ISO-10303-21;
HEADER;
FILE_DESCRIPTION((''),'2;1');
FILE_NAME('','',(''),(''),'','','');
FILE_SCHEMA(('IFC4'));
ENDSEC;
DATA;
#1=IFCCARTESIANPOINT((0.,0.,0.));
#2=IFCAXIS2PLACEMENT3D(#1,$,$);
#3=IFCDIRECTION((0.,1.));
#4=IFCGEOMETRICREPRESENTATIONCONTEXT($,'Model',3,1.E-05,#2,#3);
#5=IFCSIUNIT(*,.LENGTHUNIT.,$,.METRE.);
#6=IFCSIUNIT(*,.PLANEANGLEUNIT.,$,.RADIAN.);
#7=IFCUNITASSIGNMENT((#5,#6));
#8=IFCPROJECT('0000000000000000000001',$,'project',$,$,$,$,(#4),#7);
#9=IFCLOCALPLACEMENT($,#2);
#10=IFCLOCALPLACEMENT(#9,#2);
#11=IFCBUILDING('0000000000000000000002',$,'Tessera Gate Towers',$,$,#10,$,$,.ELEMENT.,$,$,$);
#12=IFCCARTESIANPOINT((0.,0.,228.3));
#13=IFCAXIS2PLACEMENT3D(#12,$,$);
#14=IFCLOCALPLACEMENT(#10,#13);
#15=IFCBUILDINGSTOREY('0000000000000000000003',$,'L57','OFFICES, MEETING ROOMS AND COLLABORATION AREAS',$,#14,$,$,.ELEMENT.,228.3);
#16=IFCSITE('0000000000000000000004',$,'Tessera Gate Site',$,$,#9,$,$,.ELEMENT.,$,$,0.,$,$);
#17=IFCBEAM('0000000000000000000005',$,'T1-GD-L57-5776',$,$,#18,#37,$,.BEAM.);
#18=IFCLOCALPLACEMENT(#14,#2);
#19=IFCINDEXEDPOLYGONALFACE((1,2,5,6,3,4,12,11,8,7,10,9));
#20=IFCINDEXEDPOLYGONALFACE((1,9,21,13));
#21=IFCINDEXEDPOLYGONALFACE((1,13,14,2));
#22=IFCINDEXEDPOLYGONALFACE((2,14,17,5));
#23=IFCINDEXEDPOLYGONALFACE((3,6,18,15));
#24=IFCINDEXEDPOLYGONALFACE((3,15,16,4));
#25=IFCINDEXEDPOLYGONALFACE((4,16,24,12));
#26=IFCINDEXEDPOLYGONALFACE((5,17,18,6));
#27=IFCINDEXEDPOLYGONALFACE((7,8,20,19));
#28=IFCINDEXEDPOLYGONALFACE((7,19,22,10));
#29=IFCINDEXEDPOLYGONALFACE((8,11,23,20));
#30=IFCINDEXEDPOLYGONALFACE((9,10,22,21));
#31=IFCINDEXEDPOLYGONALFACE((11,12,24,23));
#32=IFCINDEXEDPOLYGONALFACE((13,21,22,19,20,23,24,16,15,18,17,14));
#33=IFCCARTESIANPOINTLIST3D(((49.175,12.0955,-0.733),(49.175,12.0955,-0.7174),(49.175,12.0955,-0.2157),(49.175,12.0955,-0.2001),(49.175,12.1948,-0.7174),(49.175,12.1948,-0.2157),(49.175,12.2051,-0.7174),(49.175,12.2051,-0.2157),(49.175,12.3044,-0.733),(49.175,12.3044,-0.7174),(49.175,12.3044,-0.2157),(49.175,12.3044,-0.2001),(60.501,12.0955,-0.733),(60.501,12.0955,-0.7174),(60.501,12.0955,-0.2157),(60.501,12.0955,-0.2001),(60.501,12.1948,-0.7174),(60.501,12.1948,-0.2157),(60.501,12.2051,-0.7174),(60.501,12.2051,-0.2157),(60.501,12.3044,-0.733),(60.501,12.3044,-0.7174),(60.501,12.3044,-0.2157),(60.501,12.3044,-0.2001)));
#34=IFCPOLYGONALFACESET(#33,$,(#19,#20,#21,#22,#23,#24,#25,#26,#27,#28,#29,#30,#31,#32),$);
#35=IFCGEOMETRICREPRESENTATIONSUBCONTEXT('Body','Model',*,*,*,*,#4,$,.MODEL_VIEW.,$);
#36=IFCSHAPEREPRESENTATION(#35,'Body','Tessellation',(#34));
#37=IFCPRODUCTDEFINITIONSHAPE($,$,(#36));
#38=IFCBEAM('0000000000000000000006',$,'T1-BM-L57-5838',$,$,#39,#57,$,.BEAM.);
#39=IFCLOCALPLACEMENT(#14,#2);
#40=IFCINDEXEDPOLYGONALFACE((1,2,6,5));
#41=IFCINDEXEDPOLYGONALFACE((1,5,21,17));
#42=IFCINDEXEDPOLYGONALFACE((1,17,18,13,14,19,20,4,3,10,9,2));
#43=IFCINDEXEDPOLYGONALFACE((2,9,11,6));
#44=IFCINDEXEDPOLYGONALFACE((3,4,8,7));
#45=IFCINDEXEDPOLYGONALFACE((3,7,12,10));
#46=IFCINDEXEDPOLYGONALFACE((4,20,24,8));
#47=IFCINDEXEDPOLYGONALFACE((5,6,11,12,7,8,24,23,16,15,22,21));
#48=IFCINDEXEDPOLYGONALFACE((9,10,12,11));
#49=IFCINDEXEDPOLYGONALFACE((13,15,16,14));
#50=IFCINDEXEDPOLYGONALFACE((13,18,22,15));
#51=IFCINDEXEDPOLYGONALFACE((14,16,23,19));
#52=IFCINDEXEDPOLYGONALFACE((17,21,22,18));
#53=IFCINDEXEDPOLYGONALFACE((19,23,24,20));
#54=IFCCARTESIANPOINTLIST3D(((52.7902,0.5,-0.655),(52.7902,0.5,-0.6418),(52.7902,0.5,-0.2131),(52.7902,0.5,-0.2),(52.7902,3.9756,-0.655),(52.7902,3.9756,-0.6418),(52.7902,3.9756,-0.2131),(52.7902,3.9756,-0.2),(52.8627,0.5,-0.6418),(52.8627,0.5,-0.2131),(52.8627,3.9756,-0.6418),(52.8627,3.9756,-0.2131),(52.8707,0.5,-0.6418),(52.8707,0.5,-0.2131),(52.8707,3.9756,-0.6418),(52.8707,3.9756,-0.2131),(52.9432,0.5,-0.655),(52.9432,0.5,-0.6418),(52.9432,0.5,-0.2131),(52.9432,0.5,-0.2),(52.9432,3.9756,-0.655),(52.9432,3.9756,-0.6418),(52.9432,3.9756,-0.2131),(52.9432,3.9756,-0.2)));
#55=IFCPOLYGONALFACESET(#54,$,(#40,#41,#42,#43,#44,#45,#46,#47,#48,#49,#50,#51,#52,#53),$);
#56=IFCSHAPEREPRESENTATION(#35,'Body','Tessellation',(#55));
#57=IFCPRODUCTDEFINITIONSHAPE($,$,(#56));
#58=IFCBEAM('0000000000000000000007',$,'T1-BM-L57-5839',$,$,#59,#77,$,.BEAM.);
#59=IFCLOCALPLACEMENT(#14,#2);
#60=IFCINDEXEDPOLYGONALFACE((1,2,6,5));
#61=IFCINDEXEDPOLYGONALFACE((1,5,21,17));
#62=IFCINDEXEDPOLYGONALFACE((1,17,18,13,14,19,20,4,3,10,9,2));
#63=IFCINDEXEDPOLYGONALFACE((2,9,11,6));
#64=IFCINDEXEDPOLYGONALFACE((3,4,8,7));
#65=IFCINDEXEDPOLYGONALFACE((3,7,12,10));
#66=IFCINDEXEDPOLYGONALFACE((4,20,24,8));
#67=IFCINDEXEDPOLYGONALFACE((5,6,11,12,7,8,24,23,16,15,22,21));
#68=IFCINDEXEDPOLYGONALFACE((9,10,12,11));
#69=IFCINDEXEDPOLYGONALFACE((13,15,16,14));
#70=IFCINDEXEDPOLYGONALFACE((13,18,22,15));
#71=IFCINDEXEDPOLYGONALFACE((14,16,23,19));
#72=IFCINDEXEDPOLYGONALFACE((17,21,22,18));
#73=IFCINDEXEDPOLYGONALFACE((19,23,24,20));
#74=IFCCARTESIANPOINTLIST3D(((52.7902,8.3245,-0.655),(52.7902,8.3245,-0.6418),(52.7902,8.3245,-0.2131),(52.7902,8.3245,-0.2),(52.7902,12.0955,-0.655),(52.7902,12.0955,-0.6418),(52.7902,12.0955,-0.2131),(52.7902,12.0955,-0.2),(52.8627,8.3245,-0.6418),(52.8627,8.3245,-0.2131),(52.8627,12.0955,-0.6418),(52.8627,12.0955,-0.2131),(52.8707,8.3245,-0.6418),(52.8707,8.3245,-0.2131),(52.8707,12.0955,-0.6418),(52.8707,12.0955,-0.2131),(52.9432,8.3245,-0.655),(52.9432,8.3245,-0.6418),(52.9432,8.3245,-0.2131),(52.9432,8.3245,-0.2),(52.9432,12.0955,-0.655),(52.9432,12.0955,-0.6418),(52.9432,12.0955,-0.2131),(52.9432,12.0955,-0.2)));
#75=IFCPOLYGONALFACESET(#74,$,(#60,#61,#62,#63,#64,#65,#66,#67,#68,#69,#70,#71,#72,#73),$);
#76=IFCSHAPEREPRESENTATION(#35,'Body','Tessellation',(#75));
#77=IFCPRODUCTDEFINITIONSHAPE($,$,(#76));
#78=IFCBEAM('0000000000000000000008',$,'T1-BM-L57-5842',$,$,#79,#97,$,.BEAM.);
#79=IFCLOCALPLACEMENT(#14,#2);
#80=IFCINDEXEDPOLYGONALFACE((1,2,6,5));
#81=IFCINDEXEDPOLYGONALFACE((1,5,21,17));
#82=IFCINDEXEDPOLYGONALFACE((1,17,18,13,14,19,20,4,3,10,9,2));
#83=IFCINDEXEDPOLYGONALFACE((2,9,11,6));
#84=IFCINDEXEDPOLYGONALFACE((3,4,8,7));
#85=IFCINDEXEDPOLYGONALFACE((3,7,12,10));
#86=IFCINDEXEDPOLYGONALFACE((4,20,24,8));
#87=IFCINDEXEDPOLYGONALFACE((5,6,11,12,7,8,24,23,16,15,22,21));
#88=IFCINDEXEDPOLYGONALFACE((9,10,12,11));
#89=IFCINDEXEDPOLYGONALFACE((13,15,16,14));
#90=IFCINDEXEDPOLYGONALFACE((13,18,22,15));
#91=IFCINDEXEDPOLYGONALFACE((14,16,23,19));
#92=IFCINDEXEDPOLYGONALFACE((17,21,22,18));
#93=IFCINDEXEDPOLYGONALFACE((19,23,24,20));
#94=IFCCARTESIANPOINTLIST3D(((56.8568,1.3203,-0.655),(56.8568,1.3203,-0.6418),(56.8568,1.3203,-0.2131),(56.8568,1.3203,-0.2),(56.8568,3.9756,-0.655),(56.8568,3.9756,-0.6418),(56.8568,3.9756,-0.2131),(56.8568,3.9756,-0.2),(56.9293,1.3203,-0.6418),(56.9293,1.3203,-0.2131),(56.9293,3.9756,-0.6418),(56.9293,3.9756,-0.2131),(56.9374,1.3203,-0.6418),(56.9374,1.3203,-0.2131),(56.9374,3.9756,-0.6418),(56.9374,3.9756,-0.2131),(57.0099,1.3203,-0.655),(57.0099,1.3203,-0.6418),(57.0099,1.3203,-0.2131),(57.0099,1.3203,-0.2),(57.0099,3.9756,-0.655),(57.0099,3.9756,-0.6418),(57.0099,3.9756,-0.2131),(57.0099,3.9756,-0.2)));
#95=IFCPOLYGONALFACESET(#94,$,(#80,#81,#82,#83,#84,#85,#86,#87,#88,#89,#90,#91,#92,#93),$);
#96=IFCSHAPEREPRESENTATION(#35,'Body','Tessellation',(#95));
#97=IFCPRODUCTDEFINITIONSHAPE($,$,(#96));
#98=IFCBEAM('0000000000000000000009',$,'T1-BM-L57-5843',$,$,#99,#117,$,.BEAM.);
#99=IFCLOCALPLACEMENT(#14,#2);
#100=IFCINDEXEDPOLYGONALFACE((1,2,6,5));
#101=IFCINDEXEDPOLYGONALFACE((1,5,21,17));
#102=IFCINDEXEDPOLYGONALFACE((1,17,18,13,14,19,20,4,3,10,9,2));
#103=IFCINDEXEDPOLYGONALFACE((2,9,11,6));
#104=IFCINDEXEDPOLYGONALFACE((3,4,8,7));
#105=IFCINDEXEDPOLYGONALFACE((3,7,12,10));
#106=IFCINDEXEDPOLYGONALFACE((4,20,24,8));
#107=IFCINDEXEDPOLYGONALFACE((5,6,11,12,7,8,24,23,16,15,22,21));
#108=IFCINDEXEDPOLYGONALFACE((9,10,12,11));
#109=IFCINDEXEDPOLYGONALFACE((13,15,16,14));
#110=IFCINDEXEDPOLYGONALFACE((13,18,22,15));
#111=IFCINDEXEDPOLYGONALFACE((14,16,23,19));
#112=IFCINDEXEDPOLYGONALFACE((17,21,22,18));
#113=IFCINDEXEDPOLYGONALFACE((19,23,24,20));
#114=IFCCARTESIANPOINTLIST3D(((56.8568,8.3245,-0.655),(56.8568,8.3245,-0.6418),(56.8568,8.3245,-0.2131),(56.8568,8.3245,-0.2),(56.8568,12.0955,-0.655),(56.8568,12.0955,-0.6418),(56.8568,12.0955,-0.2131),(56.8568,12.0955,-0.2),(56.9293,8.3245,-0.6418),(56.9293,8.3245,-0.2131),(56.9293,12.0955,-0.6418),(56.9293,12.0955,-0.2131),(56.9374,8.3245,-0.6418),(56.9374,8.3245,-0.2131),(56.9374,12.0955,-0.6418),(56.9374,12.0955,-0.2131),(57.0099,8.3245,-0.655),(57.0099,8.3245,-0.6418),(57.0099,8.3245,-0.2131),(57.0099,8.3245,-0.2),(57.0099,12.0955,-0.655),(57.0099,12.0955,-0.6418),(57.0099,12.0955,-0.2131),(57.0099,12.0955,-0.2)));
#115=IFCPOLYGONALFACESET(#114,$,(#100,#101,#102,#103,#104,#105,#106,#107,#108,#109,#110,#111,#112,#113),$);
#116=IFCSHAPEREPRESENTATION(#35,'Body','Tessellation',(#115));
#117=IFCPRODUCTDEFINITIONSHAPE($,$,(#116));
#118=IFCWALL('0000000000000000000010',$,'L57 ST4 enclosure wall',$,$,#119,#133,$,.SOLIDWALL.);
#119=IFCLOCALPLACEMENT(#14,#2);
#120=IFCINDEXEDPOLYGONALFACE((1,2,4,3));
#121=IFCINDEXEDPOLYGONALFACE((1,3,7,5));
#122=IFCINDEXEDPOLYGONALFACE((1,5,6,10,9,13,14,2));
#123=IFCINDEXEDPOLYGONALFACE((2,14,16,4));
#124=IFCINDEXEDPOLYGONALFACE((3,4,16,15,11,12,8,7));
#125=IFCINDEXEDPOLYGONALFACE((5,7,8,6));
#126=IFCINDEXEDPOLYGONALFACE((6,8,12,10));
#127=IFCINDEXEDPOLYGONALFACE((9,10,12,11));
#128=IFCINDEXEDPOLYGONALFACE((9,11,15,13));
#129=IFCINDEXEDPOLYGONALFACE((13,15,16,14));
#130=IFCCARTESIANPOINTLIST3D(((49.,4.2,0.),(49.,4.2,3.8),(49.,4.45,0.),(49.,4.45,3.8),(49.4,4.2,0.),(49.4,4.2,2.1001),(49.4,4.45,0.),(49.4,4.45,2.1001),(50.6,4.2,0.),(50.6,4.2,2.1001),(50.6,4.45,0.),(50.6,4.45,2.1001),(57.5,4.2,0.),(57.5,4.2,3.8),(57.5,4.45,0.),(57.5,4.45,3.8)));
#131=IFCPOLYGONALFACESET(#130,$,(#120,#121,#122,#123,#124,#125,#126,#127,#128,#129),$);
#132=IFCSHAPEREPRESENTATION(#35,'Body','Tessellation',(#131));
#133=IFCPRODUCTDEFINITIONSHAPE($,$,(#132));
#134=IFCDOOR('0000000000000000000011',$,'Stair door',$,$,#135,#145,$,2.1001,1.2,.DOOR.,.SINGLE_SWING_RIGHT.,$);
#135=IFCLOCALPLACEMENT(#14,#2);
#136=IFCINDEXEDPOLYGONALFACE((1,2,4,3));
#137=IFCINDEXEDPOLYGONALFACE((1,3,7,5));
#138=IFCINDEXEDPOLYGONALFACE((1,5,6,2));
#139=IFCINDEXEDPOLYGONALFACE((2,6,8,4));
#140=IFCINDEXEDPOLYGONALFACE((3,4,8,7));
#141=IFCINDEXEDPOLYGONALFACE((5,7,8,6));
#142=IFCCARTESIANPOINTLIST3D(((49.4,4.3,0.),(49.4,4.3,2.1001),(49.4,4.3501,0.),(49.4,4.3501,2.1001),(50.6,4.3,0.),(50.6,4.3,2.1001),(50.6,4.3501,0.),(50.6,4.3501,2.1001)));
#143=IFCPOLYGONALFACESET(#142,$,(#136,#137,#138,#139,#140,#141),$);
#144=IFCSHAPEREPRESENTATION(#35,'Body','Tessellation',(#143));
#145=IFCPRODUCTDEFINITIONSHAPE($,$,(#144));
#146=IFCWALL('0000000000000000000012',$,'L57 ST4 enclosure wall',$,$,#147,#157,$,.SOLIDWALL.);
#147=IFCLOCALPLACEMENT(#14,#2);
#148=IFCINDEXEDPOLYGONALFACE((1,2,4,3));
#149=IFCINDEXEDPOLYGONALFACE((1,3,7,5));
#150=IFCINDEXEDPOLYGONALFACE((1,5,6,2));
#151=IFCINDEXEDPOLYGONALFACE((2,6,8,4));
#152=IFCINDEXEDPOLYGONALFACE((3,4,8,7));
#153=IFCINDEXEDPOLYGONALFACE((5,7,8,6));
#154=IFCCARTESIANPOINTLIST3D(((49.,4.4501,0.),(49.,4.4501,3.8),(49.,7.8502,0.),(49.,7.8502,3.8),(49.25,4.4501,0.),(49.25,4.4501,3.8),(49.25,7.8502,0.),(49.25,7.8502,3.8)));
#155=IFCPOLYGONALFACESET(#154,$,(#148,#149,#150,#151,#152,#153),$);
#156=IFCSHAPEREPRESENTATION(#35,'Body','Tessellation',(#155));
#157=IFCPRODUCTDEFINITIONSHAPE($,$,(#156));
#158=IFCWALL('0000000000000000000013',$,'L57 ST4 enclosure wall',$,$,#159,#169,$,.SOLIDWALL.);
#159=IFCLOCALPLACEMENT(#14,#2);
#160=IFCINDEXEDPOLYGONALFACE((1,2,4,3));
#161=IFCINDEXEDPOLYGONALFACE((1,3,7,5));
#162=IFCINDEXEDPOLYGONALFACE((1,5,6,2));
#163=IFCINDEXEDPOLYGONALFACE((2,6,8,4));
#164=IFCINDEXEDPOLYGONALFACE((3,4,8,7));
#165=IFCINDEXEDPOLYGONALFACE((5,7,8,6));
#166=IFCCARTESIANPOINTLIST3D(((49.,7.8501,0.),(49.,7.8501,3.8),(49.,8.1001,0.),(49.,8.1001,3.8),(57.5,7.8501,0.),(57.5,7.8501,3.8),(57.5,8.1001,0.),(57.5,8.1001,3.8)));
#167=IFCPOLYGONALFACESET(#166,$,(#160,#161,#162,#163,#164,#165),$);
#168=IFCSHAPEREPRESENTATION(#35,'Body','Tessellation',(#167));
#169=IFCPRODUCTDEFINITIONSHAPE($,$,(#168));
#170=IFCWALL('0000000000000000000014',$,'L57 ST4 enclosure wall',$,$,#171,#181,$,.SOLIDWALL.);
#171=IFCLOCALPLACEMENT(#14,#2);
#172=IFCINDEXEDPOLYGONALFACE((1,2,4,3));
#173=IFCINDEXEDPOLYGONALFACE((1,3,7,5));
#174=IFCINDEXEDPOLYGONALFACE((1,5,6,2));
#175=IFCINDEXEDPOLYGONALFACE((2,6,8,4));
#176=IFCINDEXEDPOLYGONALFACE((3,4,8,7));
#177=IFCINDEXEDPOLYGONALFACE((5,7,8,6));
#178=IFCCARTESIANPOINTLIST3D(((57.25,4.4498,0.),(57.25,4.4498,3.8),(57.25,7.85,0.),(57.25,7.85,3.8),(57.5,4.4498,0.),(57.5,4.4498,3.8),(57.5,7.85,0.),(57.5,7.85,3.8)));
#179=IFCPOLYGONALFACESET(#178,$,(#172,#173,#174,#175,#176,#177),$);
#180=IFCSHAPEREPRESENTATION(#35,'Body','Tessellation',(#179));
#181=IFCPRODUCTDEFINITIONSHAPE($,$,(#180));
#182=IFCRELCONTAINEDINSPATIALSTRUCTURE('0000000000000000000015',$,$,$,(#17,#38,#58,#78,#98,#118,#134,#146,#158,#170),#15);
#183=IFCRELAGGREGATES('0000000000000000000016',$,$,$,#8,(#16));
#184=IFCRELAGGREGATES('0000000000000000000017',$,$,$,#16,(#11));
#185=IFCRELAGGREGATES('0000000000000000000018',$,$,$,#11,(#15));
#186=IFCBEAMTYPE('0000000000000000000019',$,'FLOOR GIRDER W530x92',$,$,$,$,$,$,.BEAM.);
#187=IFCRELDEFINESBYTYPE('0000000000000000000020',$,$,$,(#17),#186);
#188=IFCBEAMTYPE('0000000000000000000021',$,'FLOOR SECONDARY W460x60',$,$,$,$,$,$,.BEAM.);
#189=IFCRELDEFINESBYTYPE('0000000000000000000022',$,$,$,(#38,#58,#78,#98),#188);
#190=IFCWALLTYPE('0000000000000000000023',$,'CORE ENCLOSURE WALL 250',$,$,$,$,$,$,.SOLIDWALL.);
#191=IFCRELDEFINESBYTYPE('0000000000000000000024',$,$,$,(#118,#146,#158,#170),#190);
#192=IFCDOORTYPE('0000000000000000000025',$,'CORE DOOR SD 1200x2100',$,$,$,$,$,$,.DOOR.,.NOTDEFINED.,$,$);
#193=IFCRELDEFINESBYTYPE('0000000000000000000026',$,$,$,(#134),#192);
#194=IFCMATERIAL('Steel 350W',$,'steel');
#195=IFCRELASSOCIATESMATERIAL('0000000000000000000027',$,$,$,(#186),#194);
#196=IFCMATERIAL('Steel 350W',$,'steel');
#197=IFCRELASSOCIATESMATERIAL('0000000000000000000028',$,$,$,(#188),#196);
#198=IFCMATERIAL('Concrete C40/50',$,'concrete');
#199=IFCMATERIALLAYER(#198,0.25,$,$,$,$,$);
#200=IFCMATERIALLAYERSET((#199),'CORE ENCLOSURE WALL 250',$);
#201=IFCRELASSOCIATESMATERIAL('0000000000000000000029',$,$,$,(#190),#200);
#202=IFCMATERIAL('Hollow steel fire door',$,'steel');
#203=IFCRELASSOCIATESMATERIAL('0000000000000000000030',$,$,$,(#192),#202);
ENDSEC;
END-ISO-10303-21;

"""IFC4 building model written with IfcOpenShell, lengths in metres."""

from ifc_helpers import new_model, si_unit, direction, frame, frame_2d, origin, origin_2d, place, context, subcontext, project, spatial, rectangle, i_section, extrude, source, transform, mapped, material, layer, layer_set, material_profile, profile_set, type_object, element, fill, save


model = new_model("IFC4")

# Units and contexts
model_context = context("Model", 3, precision=1e-05, world=origin(), true_north=direction((0.0, 1.0)))
body_context = subcontext(model_context, "Body", "Model", "MODEL_VIEW")
ifc_project = project(units=[si_unit("LENGTHUNIT", "METRE"), si_unit("PLANEANGLEUNIT", "RADIAN")], contexts=[model_context])

# Site, building, storey
site_placement = place(None, origin())
site = spatial("IfcSite", under=ifc_project, at=site_placement, Name="Tessera Gate Site", CompositionType="ELEMENT", RefElevation=0.0)
building_placement = place(site_placement, origin())
building = spatial("IfcBuilding", under=site, at=building_placement, Name="Tessera Gate Towers", CompositionType="ELEMENT")
storey_placement = place(building_placement, frame((0.0, 0.0, 228.3)))
storey = spatial("IfcBuildingStorey", under=building, at=storey_placement, Name="L57", Description="OFFICES, MEETING ROOMS AND COLLABORATION AREAS", CompositionType="ELEMENT", Elevation=228.3)

# Beams
ifc_material_1 = material(Name="Steel 350W", Category="steel")
ifc_material_profile_1 = material_profile(ifc_material_1, i_section(OverallWidth=0.209, OverallDepth=0.533, WebThickness=0.0103, FlangeThickness=0.0156, at=origin_2d()), Name="W530x92")
ifc_profile_set_1 = profile_set([ifc_material_profile_1], Name="Steel 350W")
beam_type_1 = type_object("IfcBeamType", Name="FLOOR GIRDER W530x92", PredefinedType="BEAM", material=ifc_profile_set_1)
beam_1_placement = place(storey_placement, frame((49.175, 12.2, -0.4666), z_axis=(1.0, 0.0, 0.0), x_axis=(0.0, 1.0, 0.0)))
element("IfcBeam", 1, at=beam_1_placement, inside=storey, type_object=beam_type_1, Name="T1-GD-L57-5776", PredefinedType="BEAM", context=body_context, shape_type="SweptSolid", body=[
    extrude(i_section(OverallWidth=0.209, OverallDepth=0.533, WebThickness=0.0103, FlangeThickness=0.0156, at=origin_2d()), origin(), (0.0, 0.0, 1.0), 11.3259),
])
ifc_material_2 = material(Name="Steel 350W", Category="steel")
ifc_material_profile_2 = material_profile(ifc_material_2, i_section(OverallWidth=0.1531, OverallDepth=0.4551, WebThickness=0.0081, FlangeThickness=0.0132, at=origin_2d()), Name="W460x60")
ifc_profile_set_2 = profile_set([ifc_material_profile_2], Name="Steel 350W")
beam_type_2 = type_object("IfcBeamType", Name="FLOOR SECONDARY W460x60", PredefinedType="BEAM", material=ifc_profile_set_2)
beam_2_placement = place(storey_placement, frame((52.8667, 0.5, -0.4275), z_axis=(0.0, 1.0, 0.0), x_axis=(-1.0, 0.0, 0.0)))
element("IfcBeam", 2, at=beam_2_placement, inside=storey, type_object=beam_type_2, Name="T1-BM-L57-5838", PredefinedType="BEAM", context=body_context, shape_type="SweptSolid", body=[
    extrude(i_section(OverallWidth=0.1531, OverallDepth=0.4551, WebThickness=0.0081, FlangeThickness=0.0132, at=origin_2d()), origin(), (0.0, 0.0, 1.0), 3.4756),
])
beam_3_placement = place(storey_placement, frame((52.8667, 8.3245, -0.4275), z_axis=(0.0, 1.0, 0.0), x_axis=(-1.0, 0.0, 0.0)))
element("IfcBeam", 3, at=beam_3_placement, inside=storey, type_object=beam_type_2, Name="T1-BM-L57-5839", PredefinedType="BEAM", context=body_context, shape_type="SweptSolid", body=[
    extrude(i_section(OverallWidth=0.1531, OverallDepth=0.4551, WebThickness=0.0081, FlangeThickness=0.0132, at=origin_2d()), origin(), (0.0, 0.0, 1.0), 3.771),
])
beam_4_placement = place(storey_placement, frame((56.9333, 1.3203, -0.4275), z_axis=(0.0, 1.0, 0.0), x_axis=(-1.0, 0.0, 0.0)))
element("IfcBeam", 4, at=beam_4_placement, inside=storey, type_object=beam_type_2, Name="T1-BM-L57-5842", PredefinedType="BEAM", context=body_context, shape_type="SweptSolid", body=[
    extrude(i_section(OverallWidth=0.1531, OverallDepth=0.4551, WebThickness=0.0081, FlangeThickness=0.0132, at=origin_2d()), origin(), (0.0, 0.0, 1.0), 2.6553),
])
beam_5_placement = place(storey_placement, frame((56.9333, 8.3245, -0.4275), z_axis=(0.0, 1.0, 0.0), x_axis=(-1.0, 0.0, 0.0)))
element("IfcBeam", 5, at=beam_5_placement, inside=storey, type_object=beam_type_2, Name="T1-BM-L57-5843", PredefinedType="BEAM", context=body_context, shape_type="SweptSolid", body=[
    extrude(i_section(OverallWidth=0.1531, OverallDepth=0.4551, WebThickness=0.0081, FlangeThickness=0.0132, at=origin_2d()), origin(), (0.0, 0.0, 1.0), 3.771),
])

# Wall, opening, door
ifc_material_3 = material(Name="Concrete C40/50", Category="concrete")
ifc_layer_1 = layer(ifc_material_3, 0.25)
ifc_layer_set_1 = layer_set([ifc_layer_1], Name="CORE ENCLOSURE WALL 250")
wall_type_1 = type_object("IfcWallType", Name="CORE ENCLOSURE WALL 250", PredefinedType="SOLIDWALL", material=ifc_layer_set_1)
wall_1_placement = place(storey_placement, frame((57.5, 4.325, 0.0), z_axis=(0.0, 0.0, 1.0), x_axis=(-1.0, 0.0, 0.0)))
wall_1 = element("IfcWall", 6, at=wall_1_placement, inside=storey, type_object=wall_type_1, Name="L57 ST4 enclosure wall", PredefinedType="SOLIDWALL", context=body_context, shape_type="SweptSolid", body=[
    extrude(rectangle(XDim=8.5, YDim=0.25, at=frame_2d((4.25, 0.0))), origin(), (0.0, 0.0, 1.0), 3.8),
])
shared_shape_1 = source(origin(), body_context, "Body", "SweptSolid", [
    extrude(rectangle(XDim=1.2, YDim=2.1001, at=frame_2d((0.6001, 1.05))), frame((0.0, 0.135, 0.0), z_axis=(0.0, -1.0, 0.0), x_axis=(1.0, 0.0, 0.0)), (0.0, 0.0, 1.0), 0.27),
])
opening_1_placement = place(wall_1_placement, frame((6.8999, 0.0, 0.0)))
opening_1 = element("IfcOpeningElement", 7, at=opening_1_placement, cuts=wall_1, PredefinedType="OPENING", context=body_context, shape_type="MappedRepresentation", body=[
    mapped(shared_shape_1, transform((0.0, 0.0, 0.0), scale=1.0)),
])
ifc_material_4 = material(Name="Hollow steel fire door", Category="steel")
door_type = type_object("IfcDoorType", Name="CORE DOOR SD 1200x2100", OperationType="NOTDEFINED", PredefinedType="DOOR", material=ifc_material_4)
shared_shape_2 = source(origin(), body_context, "Body", "SweptSolid", [
    extrude(rectangle(XDim=1.2, YDim=2.1001, at=frame_2d((0.6001, 1.05))), frame((0.0, 0.0249, 0.0), z_axis=(0.0, -1.0, 0.0), x_axis=(1.0, 0.0, 0.0)), (0.0, 0.0, 1.0), 0.05),
])
door_placement = place(opening_1_placement, origin())
door = element("IfcDoor", 8, at=door_placement, inside=storey, type_object=door_type, Name="Stair door", OperationType="SINGLE_SWING_RIGHT", OverallHeight=2.1001, OverallWidth=1.2, PredefinedType="DOOR", context=body_context, shape_type="MappedRepresentation", body=[
    mapped(shared_shape_2, transform((0.0, 0.0, 0.0), scale=1.0)),
])
fill(opening_1, door)

# Walls
wall_2_placement = place(storey_placement, frame((49.125, 4.45, 0.0), z_axis=(0.0, 0.0, 1.0), x_axis=(0.0, 1.0, 0.0)))
element("IfcWall", 9, at=wall_2_placement, inside=storey, type_object=wall_type_1, Name="L57 ST4 enclosure wall", PredefinedType="SOLIDWALL", context=body_context, shape_type="SweptSolid", body=[
    extrude(rectangle(XDim=3.4001, YDim=0.25, at=frame_2d((1.7002, 0.0))), origin(), (0.0, 0.0, 1.0), 3.8),
])
wall_3_placement = place(storey_placement, frame((49.0, 7.9751, 0.0), z_axis=(0.0, 0.0, 1.0), x_axis=(1.0, 0.0, 0.0)))
element("IfcWall", 10, at=wall_3_placement, inside=storey, type_object=wall_type_1, Name="L57 ST4 enclosure wall", PredefinedType="SOLIDWALL", context=body_context, shape_type="SweptSolid", body=[
    extrude(rectangle(XDim=8.5, YDim=0.25, at=frame_2d((4.25, 0.0))), origin(), (0.0, 0.0, 1.0), 3.8),
])
wall_4_placement = place(storey_placement, frame((57.375, 7.8501, 0.0), z_axis=(0.0, 0.0, 1.0), x_axis=(0.0, -1.0, 0.0)))
element("IfcWall", 11, at=wall_4_placement, inside=storey, type_object=wall_type_1, Name="L57 ST4 enclosure wall", PredefinedType="SOLIDWALL", context=body_context, shape_type="SweptSolid", body=[
    extrude(rectangle(XDim=3.4001, YDim=0.25, at=frame_2d((1.7002, 0.0))), origin(), (0.0, 0.0, 1.0), 3.8),
])

save(model, "model.ifc")
